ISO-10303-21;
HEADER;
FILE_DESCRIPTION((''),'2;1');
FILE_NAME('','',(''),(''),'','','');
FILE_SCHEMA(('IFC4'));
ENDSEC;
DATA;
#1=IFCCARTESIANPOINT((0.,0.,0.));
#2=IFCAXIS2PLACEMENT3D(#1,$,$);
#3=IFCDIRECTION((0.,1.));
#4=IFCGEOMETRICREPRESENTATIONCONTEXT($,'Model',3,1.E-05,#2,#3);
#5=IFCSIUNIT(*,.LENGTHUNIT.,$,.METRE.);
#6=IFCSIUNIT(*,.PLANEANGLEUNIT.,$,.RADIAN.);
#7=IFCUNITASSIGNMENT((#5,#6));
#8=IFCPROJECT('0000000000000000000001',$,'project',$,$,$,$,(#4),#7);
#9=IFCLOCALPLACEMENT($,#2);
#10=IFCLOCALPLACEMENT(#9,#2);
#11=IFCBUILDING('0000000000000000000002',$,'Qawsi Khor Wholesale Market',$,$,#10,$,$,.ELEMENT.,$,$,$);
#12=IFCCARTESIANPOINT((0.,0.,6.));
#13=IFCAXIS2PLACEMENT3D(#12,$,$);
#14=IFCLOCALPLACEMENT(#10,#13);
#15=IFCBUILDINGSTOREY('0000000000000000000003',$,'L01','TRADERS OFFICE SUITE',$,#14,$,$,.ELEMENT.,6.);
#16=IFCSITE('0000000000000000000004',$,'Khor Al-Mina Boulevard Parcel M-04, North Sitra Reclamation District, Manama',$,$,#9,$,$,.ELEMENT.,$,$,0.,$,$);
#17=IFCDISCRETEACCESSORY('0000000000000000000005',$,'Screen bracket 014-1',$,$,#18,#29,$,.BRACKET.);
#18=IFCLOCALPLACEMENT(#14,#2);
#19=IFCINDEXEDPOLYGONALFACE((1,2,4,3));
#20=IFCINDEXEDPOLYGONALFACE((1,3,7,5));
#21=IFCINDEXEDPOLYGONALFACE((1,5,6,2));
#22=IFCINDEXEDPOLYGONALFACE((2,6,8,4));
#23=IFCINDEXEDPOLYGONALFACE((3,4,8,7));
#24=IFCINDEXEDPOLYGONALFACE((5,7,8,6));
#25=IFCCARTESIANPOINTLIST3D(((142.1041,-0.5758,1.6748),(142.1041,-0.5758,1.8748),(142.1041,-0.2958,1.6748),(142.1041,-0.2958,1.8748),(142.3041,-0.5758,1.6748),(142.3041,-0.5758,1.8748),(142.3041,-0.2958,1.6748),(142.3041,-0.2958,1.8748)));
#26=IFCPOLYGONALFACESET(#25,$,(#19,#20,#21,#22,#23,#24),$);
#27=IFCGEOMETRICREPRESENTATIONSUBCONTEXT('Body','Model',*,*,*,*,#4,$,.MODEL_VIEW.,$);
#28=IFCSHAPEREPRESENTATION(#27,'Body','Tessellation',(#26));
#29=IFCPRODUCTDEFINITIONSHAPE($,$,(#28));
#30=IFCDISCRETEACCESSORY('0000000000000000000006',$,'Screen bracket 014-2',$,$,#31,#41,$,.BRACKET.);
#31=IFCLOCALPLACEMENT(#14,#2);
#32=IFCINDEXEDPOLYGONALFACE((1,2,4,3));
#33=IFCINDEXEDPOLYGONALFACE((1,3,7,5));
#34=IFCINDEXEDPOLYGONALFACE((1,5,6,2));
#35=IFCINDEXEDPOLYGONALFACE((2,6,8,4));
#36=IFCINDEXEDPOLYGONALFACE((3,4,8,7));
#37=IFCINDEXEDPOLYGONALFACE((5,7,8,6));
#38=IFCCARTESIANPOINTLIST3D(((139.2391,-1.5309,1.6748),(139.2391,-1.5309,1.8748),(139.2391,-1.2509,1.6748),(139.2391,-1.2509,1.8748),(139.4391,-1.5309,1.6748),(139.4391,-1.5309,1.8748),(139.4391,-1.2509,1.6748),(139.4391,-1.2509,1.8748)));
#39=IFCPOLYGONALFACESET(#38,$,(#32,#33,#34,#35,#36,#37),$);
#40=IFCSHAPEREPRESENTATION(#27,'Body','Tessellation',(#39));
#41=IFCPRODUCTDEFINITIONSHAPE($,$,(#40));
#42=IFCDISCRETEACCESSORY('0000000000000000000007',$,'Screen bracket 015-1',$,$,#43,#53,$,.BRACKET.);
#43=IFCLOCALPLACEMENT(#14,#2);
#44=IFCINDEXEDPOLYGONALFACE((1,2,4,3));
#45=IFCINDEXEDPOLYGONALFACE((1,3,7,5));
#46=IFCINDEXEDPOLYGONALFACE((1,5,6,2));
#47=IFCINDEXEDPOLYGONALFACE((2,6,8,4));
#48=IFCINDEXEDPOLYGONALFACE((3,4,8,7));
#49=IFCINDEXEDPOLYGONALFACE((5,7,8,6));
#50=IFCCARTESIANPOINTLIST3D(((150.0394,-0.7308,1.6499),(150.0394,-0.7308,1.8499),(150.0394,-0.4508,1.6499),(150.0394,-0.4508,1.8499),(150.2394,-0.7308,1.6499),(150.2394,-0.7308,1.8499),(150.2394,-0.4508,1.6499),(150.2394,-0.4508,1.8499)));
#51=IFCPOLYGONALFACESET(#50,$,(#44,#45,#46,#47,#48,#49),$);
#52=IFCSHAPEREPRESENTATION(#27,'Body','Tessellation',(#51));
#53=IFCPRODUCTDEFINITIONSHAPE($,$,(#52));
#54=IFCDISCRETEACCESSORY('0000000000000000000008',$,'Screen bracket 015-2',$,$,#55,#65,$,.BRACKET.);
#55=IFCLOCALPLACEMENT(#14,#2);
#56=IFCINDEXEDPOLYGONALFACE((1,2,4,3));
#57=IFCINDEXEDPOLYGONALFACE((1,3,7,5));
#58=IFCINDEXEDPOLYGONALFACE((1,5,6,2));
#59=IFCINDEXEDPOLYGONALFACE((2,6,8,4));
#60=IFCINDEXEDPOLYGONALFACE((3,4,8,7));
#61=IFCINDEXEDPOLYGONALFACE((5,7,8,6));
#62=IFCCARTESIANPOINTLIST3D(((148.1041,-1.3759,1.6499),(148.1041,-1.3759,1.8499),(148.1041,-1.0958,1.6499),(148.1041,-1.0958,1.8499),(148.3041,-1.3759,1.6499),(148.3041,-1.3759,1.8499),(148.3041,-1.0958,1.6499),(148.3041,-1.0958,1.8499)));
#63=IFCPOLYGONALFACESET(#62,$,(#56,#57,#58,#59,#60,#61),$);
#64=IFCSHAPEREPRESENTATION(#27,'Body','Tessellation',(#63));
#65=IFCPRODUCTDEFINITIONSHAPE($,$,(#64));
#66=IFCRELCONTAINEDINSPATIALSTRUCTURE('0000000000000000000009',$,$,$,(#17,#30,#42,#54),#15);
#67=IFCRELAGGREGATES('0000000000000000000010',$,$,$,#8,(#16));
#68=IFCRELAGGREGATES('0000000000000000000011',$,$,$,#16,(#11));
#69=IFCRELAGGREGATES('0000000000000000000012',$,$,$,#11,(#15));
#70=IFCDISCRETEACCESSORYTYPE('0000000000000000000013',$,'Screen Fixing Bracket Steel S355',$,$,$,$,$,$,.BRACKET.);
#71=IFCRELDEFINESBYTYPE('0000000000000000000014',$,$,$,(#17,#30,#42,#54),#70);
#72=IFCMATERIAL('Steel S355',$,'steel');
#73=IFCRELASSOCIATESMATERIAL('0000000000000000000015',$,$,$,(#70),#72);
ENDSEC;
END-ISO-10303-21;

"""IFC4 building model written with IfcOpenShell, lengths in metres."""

from ifc_helpers import new_model, si_unit, direction, frame, origin, origin_2d, place, context, subcontext, project, spatial, rectangle, extrude, material, type_object, element, save


model = new_model("IFC4")

# Units and contexts
model_context = context("Model", 3, precision=1e-05, world=origin(), true_north=direction((0.0, 1.0)))
body_context = subcontext(model_context, "Body", "Model", "MODEL_VIEW")
ifc_project = project(units=[si_unit("LENGTHUNIT", "METRE"), si_unit("PLANEANGLEUNIT", "RADIAN")], contexts=[model_context])

# Site, building, storey
site_placement = place(None, origin())
site = spatial("IfcSite", under=ifc_project, at=site_placement, Name="Khor Al-Mina Boulevard Parcel M-04, North Sitra Reclamation District, Manama", CompositionType="ELEMENT", RefElevation=0.0)
building_placement = place(site_placement, origin())
building = spatial("IfcBuilding", under=site, at=building_placement, Name="Qawsi Khor Wholesale Market", CompositionType="ELEMENT")
storey_placement = place(building_placement, frame((0.0, 0.0, 6.0)))
storey = spatial("IfcBuildingStorey", under=building, at=storey_placement, Name="L01", Description="TRADERS OFFICE SUITE", CompositionType="ELEMENT", Elevation=6.0)

# Shared definitions
ifc_material_1 = material(Name="Steel S355", Category="steel")

# Discrete accessories
discrete_accessory_type = type_object("IfcDiscreteAccessoryType", Name="Screen Fixing Bracket Steel S355", PredefinedType="BRACKET", material=ifc_material_1)
for number, where, z_axis, x_axis, name in (
    (1, (142.2041, -0.4358, 1.6748), (0.0, 0.0, 1.0), (1.0, 0.0, 0.0), "Screen bracket 014-1"),
    (2, (139.3391, -1.3909, 1.6748), (0.0, 0.0, 1.0), (1.0, 0.0, 0.0), "Screen bracket 014-2"),
    (3, (150.1394, -0.5908, 1.6499), (0.0, 0.0, 1.0), (1.0, 0.0, 0.0), "Screen bracket 015-1"),
    (4, (148.2041, -1.2358, 1.6499), (0.0, 0.0, 1.0), (1.0, 0.0, 0.0), "Screen bracket 015-2"),
):
    element("IfcDiscreteAccessory", number, at=place(storey_placement, frame(where, z_axis=z_axis, x_axis=x_axis)), inside=storey, type_object=discrete_accessory_type, Name=name, PredefinedType="BRACKET", context=body_context, shape_type="SweptSolid", body=[
        extrude(rectangle(XDim=0.2, YDim=0.28, at=origin_2d()), origin(), (0.0, 0.0, 1.0), 0.2),
    ])

save(model, "model.ifc")
